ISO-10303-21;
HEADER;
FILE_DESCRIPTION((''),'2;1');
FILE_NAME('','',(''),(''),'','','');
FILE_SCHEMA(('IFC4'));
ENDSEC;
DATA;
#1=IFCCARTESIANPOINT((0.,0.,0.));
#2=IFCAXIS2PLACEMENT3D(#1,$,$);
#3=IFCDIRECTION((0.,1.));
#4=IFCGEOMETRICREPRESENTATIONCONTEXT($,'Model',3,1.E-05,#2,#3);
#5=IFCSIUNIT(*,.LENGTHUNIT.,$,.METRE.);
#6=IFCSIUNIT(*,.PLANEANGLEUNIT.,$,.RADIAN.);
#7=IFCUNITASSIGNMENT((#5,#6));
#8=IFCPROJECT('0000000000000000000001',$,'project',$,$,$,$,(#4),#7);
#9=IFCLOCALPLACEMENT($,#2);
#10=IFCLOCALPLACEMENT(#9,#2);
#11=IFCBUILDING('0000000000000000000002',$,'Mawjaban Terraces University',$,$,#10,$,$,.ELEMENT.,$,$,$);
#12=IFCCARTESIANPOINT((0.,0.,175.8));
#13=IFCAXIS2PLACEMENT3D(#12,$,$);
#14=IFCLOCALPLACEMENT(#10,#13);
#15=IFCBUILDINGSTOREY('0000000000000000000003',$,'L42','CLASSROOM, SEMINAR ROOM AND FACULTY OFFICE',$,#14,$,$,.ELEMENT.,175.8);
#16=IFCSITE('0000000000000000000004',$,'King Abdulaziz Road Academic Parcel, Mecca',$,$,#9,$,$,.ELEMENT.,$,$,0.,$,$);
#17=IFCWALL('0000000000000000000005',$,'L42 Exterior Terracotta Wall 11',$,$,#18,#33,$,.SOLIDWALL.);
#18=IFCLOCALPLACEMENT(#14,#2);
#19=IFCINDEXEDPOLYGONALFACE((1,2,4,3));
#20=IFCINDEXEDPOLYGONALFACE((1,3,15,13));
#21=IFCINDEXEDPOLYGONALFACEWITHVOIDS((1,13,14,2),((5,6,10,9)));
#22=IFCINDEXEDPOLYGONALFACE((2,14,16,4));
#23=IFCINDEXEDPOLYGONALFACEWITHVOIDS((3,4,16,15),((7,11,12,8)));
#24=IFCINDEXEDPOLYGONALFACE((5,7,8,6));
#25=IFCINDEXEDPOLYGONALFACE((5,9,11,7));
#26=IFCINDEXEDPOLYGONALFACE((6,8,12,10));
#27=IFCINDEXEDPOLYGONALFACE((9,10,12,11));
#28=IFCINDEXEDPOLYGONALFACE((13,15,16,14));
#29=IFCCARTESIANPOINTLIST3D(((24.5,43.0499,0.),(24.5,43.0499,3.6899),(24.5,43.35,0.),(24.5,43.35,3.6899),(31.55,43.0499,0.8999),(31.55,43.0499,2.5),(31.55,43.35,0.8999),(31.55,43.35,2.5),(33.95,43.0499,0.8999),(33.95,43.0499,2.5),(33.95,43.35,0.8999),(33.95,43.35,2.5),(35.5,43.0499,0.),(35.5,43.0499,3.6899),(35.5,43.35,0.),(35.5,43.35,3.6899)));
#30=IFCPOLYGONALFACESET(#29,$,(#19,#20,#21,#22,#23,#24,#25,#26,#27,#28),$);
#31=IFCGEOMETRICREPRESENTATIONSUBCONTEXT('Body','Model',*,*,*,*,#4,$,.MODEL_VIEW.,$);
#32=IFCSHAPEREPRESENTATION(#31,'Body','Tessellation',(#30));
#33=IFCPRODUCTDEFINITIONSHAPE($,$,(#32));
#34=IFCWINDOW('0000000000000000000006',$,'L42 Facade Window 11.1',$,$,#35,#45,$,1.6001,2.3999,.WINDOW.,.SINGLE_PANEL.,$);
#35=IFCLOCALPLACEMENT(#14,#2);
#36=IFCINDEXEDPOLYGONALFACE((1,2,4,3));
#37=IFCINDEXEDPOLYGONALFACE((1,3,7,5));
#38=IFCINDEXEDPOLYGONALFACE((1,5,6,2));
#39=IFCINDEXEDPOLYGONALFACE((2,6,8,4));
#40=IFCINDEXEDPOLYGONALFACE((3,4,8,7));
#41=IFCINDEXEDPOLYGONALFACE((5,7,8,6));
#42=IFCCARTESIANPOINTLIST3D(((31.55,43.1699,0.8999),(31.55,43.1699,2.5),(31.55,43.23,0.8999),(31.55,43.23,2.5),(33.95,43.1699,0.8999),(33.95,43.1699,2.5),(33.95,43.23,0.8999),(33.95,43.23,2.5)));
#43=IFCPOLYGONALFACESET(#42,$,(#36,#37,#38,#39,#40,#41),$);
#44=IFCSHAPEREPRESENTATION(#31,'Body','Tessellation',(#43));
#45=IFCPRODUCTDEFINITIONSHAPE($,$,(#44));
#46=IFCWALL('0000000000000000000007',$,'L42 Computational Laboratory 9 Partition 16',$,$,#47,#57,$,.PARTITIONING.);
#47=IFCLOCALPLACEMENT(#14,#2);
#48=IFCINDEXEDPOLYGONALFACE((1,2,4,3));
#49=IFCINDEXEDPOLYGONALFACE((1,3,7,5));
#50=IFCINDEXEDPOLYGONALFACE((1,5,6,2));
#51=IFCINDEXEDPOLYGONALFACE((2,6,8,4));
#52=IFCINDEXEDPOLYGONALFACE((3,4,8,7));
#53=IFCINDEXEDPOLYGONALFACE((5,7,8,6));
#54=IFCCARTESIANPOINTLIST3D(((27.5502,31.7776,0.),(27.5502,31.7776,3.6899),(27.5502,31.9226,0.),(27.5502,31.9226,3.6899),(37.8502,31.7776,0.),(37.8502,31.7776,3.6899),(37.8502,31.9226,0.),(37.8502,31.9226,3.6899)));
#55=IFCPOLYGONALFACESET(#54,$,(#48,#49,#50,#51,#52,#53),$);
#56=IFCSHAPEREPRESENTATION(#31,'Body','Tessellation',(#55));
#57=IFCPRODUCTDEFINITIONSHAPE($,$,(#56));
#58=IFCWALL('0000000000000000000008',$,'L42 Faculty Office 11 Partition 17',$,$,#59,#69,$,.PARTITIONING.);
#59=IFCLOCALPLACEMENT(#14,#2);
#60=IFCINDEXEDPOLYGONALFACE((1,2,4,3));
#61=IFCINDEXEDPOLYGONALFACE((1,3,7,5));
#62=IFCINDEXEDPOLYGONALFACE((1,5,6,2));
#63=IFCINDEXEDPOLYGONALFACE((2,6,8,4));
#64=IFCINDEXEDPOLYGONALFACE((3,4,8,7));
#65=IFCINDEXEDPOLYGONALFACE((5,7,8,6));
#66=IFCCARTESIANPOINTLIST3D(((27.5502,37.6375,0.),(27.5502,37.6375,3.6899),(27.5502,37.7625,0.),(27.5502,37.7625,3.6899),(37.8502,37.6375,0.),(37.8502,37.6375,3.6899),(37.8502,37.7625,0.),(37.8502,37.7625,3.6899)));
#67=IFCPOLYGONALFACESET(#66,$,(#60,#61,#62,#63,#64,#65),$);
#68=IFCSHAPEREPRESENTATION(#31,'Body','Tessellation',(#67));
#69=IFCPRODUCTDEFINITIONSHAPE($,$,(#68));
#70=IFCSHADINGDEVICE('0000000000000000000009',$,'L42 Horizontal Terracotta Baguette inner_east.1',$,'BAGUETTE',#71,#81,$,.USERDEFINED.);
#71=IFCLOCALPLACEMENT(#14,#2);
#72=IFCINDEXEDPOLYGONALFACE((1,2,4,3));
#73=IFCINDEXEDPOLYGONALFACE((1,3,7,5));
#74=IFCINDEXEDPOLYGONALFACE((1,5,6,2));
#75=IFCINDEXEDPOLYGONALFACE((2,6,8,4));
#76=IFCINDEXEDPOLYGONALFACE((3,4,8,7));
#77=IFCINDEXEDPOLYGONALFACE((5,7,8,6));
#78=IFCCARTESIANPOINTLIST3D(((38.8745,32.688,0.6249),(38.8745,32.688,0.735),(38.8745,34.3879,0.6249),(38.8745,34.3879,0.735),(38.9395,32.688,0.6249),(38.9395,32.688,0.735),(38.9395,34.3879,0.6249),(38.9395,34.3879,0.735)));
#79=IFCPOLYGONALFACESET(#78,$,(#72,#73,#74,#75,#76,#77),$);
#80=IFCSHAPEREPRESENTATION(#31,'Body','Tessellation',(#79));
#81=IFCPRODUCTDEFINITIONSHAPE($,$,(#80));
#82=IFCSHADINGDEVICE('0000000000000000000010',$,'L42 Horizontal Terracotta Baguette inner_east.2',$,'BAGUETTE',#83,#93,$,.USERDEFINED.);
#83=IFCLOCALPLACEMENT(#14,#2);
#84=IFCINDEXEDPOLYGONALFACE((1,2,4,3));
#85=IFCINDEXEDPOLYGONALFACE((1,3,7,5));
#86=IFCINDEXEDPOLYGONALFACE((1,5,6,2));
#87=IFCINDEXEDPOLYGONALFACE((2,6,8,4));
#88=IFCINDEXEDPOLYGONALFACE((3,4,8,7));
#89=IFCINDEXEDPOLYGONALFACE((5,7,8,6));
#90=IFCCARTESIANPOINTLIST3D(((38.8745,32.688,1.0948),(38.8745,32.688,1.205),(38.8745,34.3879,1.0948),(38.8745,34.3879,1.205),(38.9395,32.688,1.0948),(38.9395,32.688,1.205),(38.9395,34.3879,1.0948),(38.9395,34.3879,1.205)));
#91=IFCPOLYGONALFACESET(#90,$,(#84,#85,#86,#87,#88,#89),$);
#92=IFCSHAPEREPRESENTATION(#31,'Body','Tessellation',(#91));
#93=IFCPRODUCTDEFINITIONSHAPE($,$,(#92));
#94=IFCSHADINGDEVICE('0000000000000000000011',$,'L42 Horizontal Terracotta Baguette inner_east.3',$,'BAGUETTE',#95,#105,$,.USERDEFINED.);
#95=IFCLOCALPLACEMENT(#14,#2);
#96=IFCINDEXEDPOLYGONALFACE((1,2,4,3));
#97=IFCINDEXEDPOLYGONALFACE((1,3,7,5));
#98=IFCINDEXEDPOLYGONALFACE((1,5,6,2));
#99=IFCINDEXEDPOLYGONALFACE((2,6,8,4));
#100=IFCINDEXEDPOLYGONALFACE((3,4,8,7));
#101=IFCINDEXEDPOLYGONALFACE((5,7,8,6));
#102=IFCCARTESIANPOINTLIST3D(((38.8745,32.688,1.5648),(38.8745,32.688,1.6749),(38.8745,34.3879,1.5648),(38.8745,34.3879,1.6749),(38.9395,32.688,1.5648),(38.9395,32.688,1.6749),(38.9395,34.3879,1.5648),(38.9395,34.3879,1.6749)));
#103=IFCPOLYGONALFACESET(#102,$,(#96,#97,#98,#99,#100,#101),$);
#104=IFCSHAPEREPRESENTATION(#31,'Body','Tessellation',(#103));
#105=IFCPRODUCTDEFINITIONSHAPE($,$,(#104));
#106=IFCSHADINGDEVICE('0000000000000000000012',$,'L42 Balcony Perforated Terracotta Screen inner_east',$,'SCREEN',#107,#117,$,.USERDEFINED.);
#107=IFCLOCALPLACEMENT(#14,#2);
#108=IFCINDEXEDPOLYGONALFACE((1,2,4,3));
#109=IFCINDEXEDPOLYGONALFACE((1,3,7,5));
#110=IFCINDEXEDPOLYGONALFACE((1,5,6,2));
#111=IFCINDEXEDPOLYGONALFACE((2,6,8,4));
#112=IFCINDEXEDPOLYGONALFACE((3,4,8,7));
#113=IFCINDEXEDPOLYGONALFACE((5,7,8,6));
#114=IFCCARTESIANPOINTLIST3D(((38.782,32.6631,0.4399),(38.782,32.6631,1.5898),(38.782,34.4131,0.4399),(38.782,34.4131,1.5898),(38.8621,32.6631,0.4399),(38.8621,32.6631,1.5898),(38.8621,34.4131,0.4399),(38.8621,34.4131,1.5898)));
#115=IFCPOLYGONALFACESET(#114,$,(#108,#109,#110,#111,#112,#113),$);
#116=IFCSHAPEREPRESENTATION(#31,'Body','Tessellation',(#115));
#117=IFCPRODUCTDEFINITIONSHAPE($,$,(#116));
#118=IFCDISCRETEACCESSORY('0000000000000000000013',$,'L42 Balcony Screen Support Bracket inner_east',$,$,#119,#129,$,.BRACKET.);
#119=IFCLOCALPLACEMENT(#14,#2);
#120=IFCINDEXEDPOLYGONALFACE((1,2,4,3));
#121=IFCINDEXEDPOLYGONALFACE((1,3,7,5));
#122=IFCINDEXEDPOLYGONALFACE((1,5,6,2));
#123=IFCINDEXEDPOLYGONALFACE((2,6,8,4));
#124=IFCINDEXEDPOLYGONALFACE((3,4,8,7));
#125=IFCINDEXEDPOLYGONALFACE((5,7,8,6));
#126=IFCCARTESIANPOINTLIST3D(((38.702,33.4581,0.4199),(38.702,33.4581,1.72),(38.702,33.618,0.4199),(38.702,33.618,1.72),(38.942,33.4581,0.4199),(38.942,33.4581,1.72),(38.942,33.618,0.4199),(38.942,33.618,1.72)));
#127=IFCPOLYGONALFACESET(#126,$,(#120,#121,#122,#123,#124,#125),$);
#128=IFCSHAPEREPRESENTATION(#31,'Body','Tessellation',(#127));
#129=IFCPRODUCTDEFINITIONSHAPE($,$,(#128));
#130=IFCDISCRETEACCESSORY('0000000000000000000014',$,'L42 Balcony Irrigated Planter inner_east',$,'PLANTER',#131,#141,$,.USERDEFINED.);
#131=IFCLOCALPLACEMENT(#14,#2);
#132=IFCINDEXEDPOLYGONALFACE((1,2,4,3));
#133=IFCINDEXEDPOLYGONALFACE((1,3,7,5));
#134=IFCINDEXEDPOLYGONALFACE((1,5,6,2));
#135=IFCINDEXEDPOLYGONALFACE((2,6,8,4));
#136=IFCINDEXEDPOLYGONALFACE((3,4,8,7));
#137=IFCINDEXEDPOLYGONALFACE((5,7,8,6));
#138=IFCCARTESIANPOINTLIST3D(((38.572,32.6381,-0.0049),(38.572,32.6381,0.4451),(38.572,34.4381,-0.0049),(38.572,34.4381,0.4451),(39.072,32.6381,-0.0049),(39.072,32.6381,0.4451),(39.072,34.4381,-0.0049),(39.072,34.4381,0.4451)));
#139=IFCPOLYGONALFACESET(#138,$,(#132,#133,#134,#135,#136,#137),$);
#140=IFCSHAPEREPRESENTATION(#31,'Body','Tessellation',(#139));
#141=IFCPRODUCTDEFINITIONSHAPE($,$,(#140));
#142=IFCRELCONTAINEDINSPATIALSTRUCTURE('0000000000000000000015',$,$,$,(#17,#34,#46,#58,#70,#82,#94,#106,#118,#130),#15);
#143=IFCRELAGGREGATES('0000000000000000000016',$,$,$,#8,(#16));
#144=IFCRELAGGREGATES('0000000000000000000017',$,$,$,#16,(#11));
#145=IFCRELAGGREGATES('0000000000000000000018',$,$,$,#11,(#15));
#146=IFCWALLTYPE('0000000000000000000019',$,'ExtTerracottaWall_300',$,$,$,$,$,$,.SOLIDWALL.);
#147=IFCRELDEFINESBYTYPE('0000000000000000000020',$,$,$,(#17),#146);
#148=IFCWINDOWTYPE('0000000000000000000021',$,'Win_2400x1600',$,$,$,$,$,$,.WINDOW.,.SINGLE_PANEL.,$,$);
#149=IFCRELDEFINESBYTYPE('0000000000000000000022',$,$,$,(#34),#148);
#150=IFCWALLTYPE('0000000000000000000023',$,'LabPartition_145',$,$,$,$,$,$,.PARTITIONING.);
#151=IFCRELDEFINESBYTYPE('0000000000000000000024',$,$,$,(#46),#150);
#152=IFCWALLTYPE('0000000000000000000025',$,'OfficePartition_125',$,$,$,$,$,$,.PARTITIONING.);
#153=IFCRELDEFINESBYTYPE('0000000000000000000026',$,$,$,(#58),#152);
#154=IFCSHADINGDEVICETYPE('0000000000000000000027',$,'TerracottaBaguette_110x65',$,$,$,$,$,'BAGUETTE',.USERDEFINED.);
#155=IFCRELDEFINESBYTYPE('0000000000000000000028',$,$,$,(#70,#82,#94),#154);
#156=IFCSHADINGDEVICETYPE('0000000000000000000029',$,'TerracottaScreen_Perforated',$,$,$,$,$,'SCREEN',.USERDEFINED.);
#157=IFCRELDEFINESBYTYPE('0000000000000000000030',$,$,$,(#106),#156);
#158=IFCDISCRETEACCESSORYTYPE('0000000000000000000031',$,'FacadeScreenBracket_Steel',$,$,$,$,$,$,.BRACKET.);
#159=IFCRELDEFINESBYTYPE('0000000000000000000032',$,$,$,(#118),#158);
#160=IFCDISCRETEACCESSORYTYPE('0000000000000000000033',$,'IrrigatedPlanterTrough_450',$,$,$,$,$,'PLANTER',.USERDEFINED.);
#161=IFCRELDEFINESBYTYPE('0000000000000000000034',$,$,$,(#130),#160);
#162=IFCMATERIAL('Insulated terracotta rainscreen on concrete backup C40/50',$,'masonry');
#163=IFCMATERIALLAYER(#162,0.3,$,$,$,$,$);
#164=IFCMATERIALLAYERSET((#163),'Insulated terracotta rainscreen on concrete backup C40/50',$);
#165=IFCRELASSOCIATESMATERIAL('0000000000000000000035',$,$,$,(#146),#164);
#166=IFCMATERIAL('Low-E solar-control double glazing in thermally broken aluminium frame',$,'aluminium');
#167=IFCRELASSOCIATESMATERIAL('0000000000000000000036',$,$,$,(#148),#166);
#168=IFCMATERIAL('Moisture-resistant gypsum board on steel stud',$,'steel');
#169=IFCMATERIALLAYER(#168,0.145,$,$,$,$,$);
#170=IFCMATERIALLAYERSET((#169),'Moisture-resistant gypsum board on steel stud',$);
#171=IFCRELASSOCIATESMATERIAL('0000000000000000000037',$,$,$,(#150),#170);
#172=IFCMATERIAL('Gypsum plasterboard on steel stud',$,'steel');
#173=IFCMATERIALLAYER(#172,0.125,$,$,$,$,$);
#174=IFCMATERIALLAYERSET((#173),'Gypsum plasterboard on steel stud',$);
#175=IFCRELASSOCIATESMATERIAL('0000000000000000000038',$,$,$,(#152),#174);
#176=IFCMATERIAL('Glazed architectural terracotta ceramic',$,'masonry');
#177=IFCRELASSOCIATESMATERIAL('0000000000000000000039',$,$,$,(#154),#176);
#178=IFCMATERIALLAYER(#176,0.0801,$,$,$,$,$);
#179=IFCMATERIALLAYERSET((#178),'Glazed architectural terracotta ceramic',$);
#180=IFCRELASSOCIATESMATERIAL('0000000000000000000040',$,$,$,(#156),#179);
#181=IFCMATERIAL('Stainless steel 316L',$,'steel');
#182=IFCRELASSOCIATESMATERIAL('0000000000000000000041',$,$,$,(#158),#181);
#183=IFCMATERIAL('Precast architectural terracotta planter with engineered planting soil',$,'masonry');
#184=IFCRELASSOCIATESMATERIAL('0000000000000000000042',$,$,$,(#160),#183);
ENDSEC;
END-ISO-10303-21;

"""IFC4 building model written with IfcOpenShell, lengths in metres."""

from ifc_helpers import new_model, si_unit, direction, frame, frame_2d, origin, origin_2d, place, context, subcontext, project, spatial, rectangle, extrude, material, layer, layer_set, material_profile, profile_set, type_object, element, fill, save


model = new_model("IFC4")

# Units and contexts
model_context = context("Model", 3, precision=1e-05, world=origin(), true_north=direction((0.0, 1.0)))
body_context = subcontext(model_context, "Body", "Model", "MODEL_VIEW")
ifc_project = project(units=[si_unit("LENGTHUNIT", "METRE"), si_unit("PLANEANGLEUNIT", "RADIAN")], contexts=[model_context])

# Site, building, storey
site_placement = place(None, origin())
site = spatial("IfcSite", under=ifc_project, at=site_placement, Name="King Abdulaziz Road Academic Parcel, Mecca", CompositionType="ELEMENT", RefElevation=0.0)
building_placement = place(site_placement, origin())
building = spatial("IfcBuilding", under=site, at=building_placement, Name="Mawjaban Terraces University", CompositionType="ELEMENT")
storey_placement = place(building_placement, frame((0.0, 0.0, 175.8)))
storey = spatial("IfcBuildingStorey", under=building, at=storey_placement, Name="L42", Description="CLASSROOM, SEMINAR ROOM AND FACULTY OFFICE", CompositionType="ELEMENT", Elevation=175.8)

# Shared definitions
ifc_material_1 = material(Name="Insulated terracotta rainscreen on concrete backup C40/50", Category="masonry")
ifc_layer_1 = layer(ifc_material_1, 0.3)
ifc_layer_set_1 = layer_set([ifc_layer_1], Name="Insulated terracotta rainscreen on concrete backup C40/50")
wall_type_1 = type_object("IfcWallType", Name="ExtTerracottaWall_300", PredefinedType="SOLIDWALL", material=ifc_layer_set_1)

# Wall, opening, window
wall_1_placement = place(storey_placement, frame((35.5, 43.2, 0.0), z_axis=(0.0, 0.0, 1.0), x_axis=(-1.0, 0.0, 0.0)))
wall_1 = element("IfcWall", 1, at=wall_1_placement, inside=storey, type_object=wall_type_1, Name="L42 Exterior Terracotta Wall 11", PredefinedType="SOLIDWALL", context=body_context, shape_type="SweptSolid", body=[
    extrude(rectangle(XDim=11.0, YDim=0.3, at=frame_2d((5.5, 0.0))), origin(), (0.0, 0.0, 1.0), 3.6899),
])
opening_1_placement = place(wall_1_placement, frame((1.55, 0.0, 0.8999)))
opening_1 = element("IfcOpeningElement", 2, at=opening_1_placement, cuts=wall_1, PredefinedType="OPENING", context=body_context, shape_type="SweptSolid", body=[
    extrude(rectangle(XDim=2.3999, YDim=1.6001, at=frame_2d((1.2, 0.8))), frame((0.0, 0.1599, 0.0), z_axis=(0.0, -1.0, 0.0), x_axis=(1.0, 0.0, 0.0)), (0.0, 0.0, 1.0), 0.3201),
])
ifc_material_2 = material(Name="Low-E solar-control double glazing in thermally broken aluminium frame", Category="aluminium")
window_type = type_object("IfcWindowType", Name="Win_2400x1600", PartitioningType="SINGLE_PANEL", PredefinedType="WINDOW", material=ifc_material_2)
window_placement = place(opening_1_placement, origin())
window = element("IfcWindow", 3, at=window_placement, inside=storey, type_object=window_type, Name="L42 Facade Window 11.1", OverallHeight=1.6001, OverallWidth=2.3999, PartitioningType="SINGLE_PANEL", PredefinedType="WINDOW", context=body_context, shape_type="SweptSolid", body=[
    extrude(rectangle(XDim=2.3999, YDim=1.6001, at=frame_2d((1.2, 0.8))), frame((0.0, 0.03, 0.0), z_axis=(0.0, -1.0, 0.0), x_axis=(1.0, 0.0, 0.0)), (0.0, 0.0, 1.0), 0.0601),
])
fill(opening_1, window)

# Walls
ifc_material_3 = material(Name="Moisture-resistant gypsum board on steel stud", Category="steel")
ifc_layer_2 = layer(ifc_material_3, 0.145)
ifc_layer_set_2 = layer_set([ifc_layer_2], Name="Moisture-resistant gypsum board on steel stud")
wall_type_2 = type_object("IfcWallType", Name="LabPartition_145", PredefinedType="PARTITIONING", material=ifc_layer_set_2)
wall_2_placement = place(storey_placement, frame((37.8501, 31.8501, 0.0), z_axis=(0.0, 0.0, 1.0), x_axis=(-1.0, 0.0, 0.0)))
element("IfcWall", 4, at=wall_2_placement, inside=storey, type_object=wall_type_2, Name="L42 Computational Laboratory 9 Partition 16", PredefinedType="PARTITIONING", context=body_context, shape_type="SweptSolid", body=[
    extrude(rectangle(XDim=10.3, YDim=0.145, at=frame_2d((5.1499, 0.0))), origin(), (0.0, 0.0, 1.0), 3.6899),
])
ifc_material_4 = material(Name="Gypsum plasterboard on steel stud", Category="steel")
ifc_layer_3 = layer(ifc_material_4, 0.125)
ifc_layer_set_3 = layer_set([ifc_layer_3], Name="Gypsum plasterboard on steel stud")
wall_type_3 = type_object("IfcWallType", Name="OfficePartition_125", PredefinedType="PARTITIONING", material=ifc_layer_set_3)
wall_3_placement = place(storey_placement, frame((37.8501, 37.7, 0.0), z_axis=(0.0, 0.0, 1.0), x_axis=(-1.0, 0.0, 0.0)))
element("IfcWall", 5, at=wall_3_placement, inside=storey, type_object=wall_type_3, Name="L42 Faculty Office 11 Partition 17", PredefinedType="PARTITIONING", context=body_context, shape_type="SweptSolid", body=[
    extrude(rectangle(XDim=10.3, YDim=0.125, at=frame_2d((5.1499, 0.0))), origin(), (0.0, 0.0, 1.0), 3.6899),
])

# Shading devices
ifc_material_5 = material(Name="Glazed architectural terracotta ceramic", Category="masonry")
ifc_material_profile_1 = material_profile(ifc_material_5, rectangle(XDim=0.0649, YDim=0.1101, at=origin_2d()), Name="TBAG110X65")
ifc_profile_set_1 = profile_set([ifc_material_profile_1], Name="Glazed architectural terracotta ceramic")
shading_device_type_1 = type_object("IfcShadingDeviceType", Name="TerracottaBaguette_110x65", ElementType="BAGUETTE", PredefinedType="USERDEFINED", material=ifc_profile_set_1)
for number, where, z_axis, x_axis, name in (
    (6, (38.907, 32.688, 0.6799), (0.0, 1.0, 0.0), (-1.0, 0.0, 0.0), "L42 Horizontal Terracotta Baguette inner_east.1"),
    (7, (38.907, 32.688, 1.1499), (0.0, 1.0, 0.0), (-1.0, 0.0, 0.0), "L42 Horizontal Terracotta Baguette inner_east.2"),
    (8, (38.907, 32.688, 1.6199), (0.0, 1.0, 0.0), (-1.0, 0.0, 0.0), "L42 Horizontal Terracotta Baguette inner_east.3"),
):
    element("IfcShadingDevice", number, at=place(storey_placement, frame(where, z_axis=z_axis, x_axis=x_axis)), inside=storey, type_object=shading_device_type_1, Name=name, ObjectType="BAGUETTE", PredefinedType="USERDEFINED", context=body_context, shape_type="SweptSolid", body=[
        extrude(rectangle(XDim=0.0649, YDim=0.1101, at=origin_2d()), origin(), (0.0, 0.0, 1.0), 1.7),
    ])
ifc_layer_4 = layer(ifc_material_5, 0.0801)
ifc_layer_set_4 = layer_set([ifc_layer_4], Name="Glazed architectural terracotta ceramic")
shading_device_type_2 = type_object("IfcShadingDeviceType", Name="TerracottaScreen_Perforated", ElementType="SCREEN", PredefinedType="USERDEFINED", material=ifc_layer_set_4)
shading_device_placement = place(storey_placement, frame((38.822, 33.5381, 0.4399), z_axis=(0.0, 0.0, 1.0), x_axis=(0.0, 1.0, 0.0)))
element("IfcShadingDevice", 9, at=shading_device_placement, inside=storey, type_object=shading_device_type_2, Name="L42 Balcony Perforated Terracotta Screen inner_east", ObjectType="SCREEN", PredefinedType="USERDEFINED", context=body_context, shape_type="SweptSolid", body=[
    extrude(rectangle(XDim=1.75, YDim=0.0801, at=origin_2d()), origin(), (0.0, 0.0, 1.0), 1.1499),
])

# Discrete accessories
ifc_material_6 = material(Name="Stainless steel 316L", Category="steel")
discrete_accessory_type_1 = type_object("IfcDiscreteAccessoryType", Name="FacadeScreenBracket_Steel", PredefinedType="BRACKET", material=ifc_material_6)
discrete_accessory_1_placement = place(storey_placement, frame((38.822, 33.5381, 0.4199), z_axis=(0.0, 0.0, 1.0), x_axis=(0.0, 1.0, 0.0)))
element("IfcDiscreteAccessory", 10, at=discrete_accessory_1_placement, inside=storey, type_object=discrete_accessory_type_1, Name="L42 Balcony Screen Support Bracket inner_east", PredefinedType="BRACKET", context=body_context, shape_type="SweptSolid", body=[
    extrude(rectangle(XDim=0.1599, YDim=0.24, at=origin_2d()), origin(), (0.0, 0.0, 1.0), 1.3),
])
ifc_material_7 = material(Name="Precast architectural terracotta planter with engineered planting soil", Category="masonry")
discrete_accessory_type_2 = type_object("IfcDiscreteAccessoryType", Name="IrrigatedPlanterTrough_450", ElementType="PLANTER", PredefinedType="USERDEFINED", material=ifc_material_7)
discrete_accessory_2_placement = place(storey_placement, frame((38.822, 33.5381, -0.0049), z_axis=(0.0, 0.0, 1.0), x_axis=(0.0, 1.0, 0.0)))
element("IfcDiscreteAccessory", 11, at=discrete_accessory_2_placement, inside=storey, type_object=discrete_accessory_type_2, Name="L42 Balcony Irrigated Planter inner_east", ObjectType="PLANTER", PredefinedType="USERDEFINED", context=body_context, shape_type="SweptSolid", body=[
    extrude(rectangle(XDim=1.8, YDim=0.5, at=origin_2d()), origin(), (0.0, 0.0, 1.0), 0.45),
])

save(model, "model.ifc")
